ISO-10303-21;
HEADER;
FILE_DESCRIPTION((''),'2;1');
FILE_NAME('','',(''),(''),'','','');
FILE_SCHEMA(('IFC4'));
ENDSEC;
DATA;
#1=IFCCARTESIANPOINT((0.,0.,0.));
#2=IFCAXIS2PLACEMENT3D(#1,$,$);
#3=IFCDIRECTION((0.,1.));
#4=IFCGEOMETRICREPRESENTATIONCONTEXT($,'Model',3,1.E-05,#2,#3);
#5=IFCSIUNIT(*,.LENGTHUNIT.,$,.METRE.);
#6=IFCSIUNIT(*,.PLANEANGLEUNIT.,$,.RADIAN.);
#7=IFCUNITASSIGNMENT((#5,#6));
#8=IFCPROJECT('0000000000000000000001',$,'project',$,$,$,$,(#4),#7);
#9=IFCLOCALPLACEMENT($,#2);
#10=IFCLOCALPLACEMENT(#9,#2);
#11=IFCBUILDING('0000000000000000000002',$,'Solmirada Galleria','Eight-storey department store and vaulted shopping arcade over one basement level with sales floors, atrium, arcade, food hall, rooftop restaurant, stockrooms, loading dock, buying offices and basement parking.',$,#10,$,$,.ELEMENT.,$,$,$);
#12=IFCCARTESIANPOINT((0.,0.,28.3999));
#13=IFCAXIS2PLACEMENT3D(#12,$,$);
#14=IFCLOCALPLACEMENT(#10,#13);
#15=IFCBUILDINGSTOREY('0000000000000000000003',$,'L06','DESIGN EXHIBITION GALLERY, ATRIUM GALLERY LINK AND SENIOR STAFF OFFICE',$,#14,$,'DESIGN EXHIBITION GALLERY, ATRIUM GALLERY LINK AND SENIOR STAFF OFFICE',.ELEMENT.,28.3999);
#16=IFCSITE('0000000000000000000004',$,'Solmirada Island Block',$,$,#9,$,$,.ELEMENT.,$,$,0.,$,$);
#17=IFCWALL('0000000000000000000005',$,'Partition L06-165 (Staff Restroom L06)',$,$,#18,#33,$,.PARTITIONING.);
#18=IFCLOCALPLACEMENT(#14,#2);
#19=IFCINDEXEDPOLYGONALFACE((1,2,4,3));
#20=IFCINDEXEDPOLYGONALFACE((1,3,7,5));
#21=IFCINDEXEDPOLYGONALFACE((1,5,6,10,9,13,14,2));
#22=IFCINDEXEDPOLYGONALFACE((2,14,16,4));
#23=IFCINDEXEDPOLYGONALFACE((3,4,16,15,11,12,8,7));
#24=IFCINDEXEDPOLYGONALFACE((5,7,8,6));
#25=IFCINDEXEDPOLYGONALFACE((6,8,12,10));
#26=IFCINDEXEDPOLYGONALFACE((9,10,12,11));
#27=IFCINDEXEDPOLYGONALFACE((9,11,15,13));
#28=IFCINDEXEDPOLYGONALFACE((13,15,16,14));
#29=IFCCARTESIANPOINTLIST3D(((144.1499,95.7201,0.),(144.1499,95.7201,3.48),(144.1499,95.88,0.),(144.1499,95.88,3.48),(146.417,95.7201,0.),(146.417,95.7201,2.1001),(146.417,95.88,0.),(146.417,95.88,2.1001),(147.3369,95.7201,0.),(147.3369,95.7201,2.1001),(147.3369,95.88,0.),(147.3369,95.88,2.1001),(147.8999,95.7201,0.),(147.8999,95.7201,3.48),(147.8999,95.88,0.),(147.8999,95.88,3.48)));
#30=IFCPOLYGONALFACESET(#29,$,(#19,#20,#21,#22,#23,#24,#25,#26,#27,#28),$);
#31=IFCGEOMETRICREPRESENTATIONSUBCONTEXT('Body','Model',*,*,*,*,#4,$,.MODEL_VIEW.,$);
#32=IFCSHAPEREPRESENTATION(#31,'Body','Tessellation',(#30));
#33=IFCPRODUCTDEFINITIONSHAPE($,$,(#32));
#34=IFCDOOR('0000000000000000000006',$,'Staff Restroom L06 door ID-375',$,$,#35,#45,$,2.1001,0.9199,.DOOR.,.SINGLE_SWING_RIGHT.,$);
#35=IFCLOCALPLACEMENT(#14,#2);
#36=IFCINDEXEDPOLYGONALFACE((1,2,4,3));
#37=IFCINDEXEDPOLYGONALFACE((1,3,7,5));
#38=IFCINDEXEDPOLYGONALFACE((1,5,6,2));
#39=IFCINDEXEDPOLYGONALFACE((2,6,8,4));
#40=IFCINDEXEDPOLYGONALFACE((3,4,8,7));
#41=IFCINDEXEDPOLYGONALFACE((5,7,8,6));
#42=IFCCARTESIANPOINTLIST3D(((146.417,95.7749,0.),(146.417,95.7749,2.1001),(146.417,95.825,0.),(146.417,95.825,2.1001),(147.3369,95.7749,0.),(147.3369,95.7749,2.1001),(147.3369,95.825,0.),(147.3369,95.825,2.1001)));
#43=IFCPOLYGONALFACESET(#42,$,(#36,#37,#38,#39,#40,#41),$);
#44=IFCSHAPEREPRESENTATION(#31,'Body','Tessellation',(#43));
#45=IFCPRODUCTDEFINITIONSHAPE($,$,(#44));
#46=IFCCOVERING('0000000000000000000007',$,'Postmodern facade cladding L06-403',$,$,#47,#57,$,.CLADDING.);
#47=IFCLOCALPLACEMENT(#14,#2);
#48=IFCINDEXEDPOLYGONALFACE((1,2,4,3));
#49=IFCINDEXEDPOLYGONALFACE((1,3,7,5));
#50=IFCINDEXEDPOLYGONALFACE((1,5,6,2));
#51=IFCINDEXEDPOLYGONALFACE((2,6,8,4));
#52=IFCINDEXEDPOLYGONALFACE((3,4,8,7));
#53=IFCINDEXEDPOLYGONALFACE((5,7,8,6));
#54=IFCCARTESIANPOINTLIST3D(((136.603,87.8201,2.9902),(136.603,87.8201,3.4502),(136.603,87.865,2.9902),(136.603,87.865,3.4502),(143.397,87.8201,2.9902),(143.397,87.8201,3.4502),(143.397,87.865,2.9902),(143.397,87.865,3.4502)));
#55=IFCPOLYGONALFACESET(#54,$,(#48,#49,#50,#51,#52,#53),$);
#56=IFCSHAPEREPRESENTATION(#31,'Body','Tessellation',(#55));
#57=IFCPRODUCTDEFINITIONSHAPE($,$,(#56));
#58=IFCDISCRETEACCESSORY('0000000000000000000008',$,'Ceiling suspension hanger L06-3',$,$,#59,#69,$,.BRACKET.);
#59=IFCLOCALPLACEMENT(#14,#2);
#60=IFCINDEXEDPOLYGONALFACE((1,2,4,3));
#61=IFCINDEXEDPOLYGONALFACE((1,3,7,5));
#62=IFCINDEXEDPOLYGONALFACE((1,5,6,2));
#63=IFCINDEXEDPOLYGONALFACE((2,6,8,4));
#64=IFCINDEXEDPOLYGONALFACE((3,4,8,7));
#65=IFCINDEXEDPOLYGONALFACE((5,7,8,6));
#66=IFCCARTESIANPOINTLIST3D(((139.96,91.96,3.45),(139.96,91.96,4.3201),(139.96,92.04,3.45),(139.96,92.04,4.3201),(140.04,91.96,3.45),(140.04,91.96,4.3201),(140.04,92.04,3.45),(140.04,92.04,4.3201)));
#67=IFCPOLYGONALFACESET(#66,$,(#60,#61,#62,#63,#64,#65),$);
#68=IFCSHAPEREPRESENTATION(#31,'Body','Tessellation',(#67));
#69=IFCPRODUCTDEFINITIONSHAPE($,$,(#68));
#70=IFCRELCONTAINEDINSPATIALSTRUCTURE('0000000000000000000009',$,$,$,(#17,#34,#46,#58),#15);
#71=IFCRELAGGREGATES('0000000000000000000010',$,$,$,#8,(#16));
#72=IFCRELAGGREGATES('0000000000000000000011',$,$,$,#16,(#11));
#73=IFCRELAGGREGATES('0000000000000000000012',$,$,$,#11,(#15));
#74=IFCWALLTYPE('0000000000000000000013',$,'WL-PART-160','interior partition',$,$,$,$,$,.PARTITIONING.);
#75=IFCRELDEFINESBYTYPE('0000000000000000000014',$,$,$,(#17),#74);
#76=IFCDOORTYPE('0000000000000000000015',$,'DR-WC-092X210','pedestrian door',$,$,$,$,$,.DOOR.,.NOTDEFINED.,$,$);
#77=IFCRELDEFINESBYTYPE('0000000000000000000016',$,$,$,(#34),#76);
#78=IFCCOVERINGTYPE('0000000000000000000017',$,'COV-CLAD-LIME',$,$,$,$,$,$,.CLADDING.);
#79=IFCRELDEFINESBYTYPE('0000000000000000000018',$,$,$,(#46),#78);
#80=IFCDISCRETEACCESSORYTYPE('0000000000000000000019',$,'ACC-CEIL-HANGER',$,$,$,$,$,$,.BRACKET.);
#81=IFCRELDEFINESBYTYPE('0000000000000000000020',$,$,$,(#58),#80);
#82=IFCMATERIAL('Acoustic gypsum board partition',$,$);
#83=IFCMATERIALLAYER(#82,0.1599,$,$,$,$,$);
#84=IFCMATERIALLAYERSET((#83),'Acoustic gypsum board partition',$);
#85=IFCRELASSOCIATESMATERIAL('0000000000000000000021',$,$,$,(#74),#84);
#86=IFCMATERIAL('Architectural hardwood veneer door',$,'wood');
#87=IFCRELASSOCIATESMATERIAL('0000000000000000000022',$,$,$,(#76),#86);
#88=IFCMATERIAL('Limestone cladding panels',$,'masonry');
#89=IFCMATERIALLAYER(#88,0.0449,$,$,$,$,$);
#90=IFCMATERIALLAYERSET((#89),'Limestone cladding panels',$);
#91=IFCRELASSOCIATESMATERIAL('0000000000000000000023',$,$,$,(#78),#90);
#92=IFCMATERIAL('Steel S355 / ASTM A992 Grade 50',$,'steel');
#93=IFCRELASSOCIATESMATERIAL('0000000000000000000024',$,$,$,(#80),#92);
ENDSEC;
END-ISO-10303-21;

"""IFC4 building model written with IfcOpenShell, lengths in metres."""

from ifc_helpers import new_model, si_unit, direction, frame, frame_2d, origin, origin_2d, place, context, subcontext, project, spatial, rectangle, extrude, material, layer, layer_set, type_object, element, fill, save


model = new_model("IFC4")

# Units and contexts
model_context = context("Model", 3, precision=1e-05, world=origin(), true_north=direction((0.0, 1.0)))
body_context = subcontext(model_context, "Body", "Model", "MODEL_VIEW")
ifc_project = project(units=[si_unit("LENGTHUNIT", "METRE"), si_unit("PLANEANGLEUNIT", "RADIAN")], contexts=[model_context])

# Site, building, storey
site_placement = place(None, origin())
site = spatial("IfcSite", under=ifc_project, at=site_placement, Name="Solmirada Island Block", CompositionType="ELEMENT", RefElevation=0.0)
building_placement = place(site_placement, origin())
building = spatial("IfcBuilding", under=site, at=building_placement, Name="Solmirada Galleria", Description="Eight-storey department store and vaulted shopping arcade over one basement level with sales floors, atrium, arcade, food hall, rooftop restaurant, stockrooms, loading dock, buying offices and basement parking.", CompositionType="ELEMENT")
storey_placement = place(building_placement, frame((0.0, 0.0, 28.3999)))
storey = spatial("IfcBuildingStorey", under=building, at=storey_placement, Name="L06", Description="DESIGN EXHIBITION GALLERY, ATRIUM GALLERY LINK AND SENIOR STAFF OFFICE", LongName="DESIGN EXHIBITION GALLERY, ATRIUM GALLERY LINK AND SENIOR STAFF OFFICE", CompositionType="ELEMENT", Elevation=28.3999)

# Shared definitions
ifc_material_1 = material(Name="Steel S355 / ASTM A992 Grade 50", Category="steel")

# Shared definitions
ifc_material_2 = material(Name="Acoustic gypsum board partition")

# Wall, opening, door
ifc_layer_1 = layer(ifc_material_2, 0.1599)
ifc_layer_set_1 = layer_set([ifc_layer_1], Name="Acoustic gypsum board partition")
wall_type_1 = type_object("IfcWallType", Name="WL-PART-160", Description="interior partition", PredefinedType="PARTITIONING", material=ifc_layer_set_1)
wall_1_placement = place(storey_placement, frame((144.1499, 95.8, 0.0), z_axis=(0.0, 0.0, 1.0), x_axis=(1.0, 0.0, 0.0)))
wall_1 = element("IfcWall", 1, at=wall_1_placement, inside=storey, type_object=wall_type_1, Name="Partition L06-165 (Staff Restroom L06)", PredefinedType="PARTITIONING", context=body_context, shape_type="SweptSolid", body=[
    extrude(rectangle(XDim=3.75, YDim=0.1599, at=frame_2d((1.875, 0.0))), origin(), (0.0, 0.0, 1.0), 3.48),
])
opening_1_placement = place(wall_1_placement, frame((2.2671, 0.0, 0.0)))
opening_1 = element("IfcOpeningElement", 2, at=opening_1_placement, cuts=wall_1, PredefinedType="OPENING", context=body_context, shape_type="SweptSolid", body=[
    extrude(rectangle(XDim=0.9199, YDim=2.1001, at=frame_2d((0.46, 1.05))), frame((0.0, 0.0898, 0.0), z_axis=(0.0, -1.0, 0.0), x_axis=(1.0, 0.0, 0.0)), (0.0, 0.0, 1.0), 0.1799),
])
ifc_material_3 = material(Name="Architectural hardwood veneer door", Category="wood")
door_type = type_object("IfcDoorType", Name="DR-WC-092X210", Description="pedestrian door", OperationType="NOTDEFINED", PredefinedType="DOOR", material=ifc_material_3)
door_placement = place(opening_1_placement, origin())
door = element("IfcDoor", 3, at=door_placement, inside=storey, type_object=door_type, Name="Staff Restroom L06 door ID-375", OperationType="SINGLE_SWING_RIGHT", OverallHeight=2.1001, OverallWidth=0.9199, PredefinedType="DOOR", context=body_context, shape_type="SweptSolid", body=[
    extrude(rectangle(XDim=0.9199, YDim=2.1001, at=frame_2d((0.46, 1.05))), frame((0.0, 0.0249, 0.0), z_axis=(0.0, -1.0, 0.0), x_axis=(1.0, 0.0, 0.0)), (0.0, 0.0, 1.0), 0.05),
])
fill(opening_1, door)

# Covering
ifc_material_4 = material(Name="Limestone cladding panels", Category="masonry")
ifc_layer_2 = layer(ifc_material_4, 0.0449)
ifc_layer_set_2 = layer_set([ifc_layer_2], Name="Limestone cladding panels")
covering_type = type_object("IfcCoveringType", Name="COV-CLAD-LIME", PredefinedType="CLADDING", material=ifc_layer_set_2)
covering_placement = place(storey_placement, frame((140.0, 87.8425, 2.9902), z_axis=(0.0, 0.0, 1.0), x_axis=(-1.0, 0.0, 0.0)))
element("IfcCovering", 4, at=covering_placement, inside=storey, type_object=covering_type, Name="Postmodern facade cladding L06-403", PredefinedType="CLADDING", context=body_context, shape_type="SweptSolid", body=[
    extrude(rectangle(XDim=6.7939, YDim=0.0449, at=origin_2d()), origin(), (0.0, 0.0, 1.0), 0.46),
])

# Discrete accessory
discrete_accessory_type = type_object("IfcDiscreteAccessoryType", Name="ACC-CEIL-HANGER", PredefinedType="BRACKET", material=ifc_material_1)
discrete_accessory_placement = place(storey_placement, frame((140.0, 92.0, 3.45), z_axis=(0.0, 0.0, 1.0), x_axis=(1.0, 0.0, 0.0)))
element("IfcDiscreteAccessory", 5, at=discrete_accessory_placement, inside=storey, type_object=discrete_accessory_type, Name="Ceiling suspension hanger L06-3", PredefinedType="BRACKET", context=body_context, shape_type="SweptSolid", body=[
    extrude(rectangle(XDim=0.0801, YDim=0.0801, at=origin_2d()), origin(), (0.0, 0.0, 1.0), 0.8701),
])

save(model, "model.ifc")
